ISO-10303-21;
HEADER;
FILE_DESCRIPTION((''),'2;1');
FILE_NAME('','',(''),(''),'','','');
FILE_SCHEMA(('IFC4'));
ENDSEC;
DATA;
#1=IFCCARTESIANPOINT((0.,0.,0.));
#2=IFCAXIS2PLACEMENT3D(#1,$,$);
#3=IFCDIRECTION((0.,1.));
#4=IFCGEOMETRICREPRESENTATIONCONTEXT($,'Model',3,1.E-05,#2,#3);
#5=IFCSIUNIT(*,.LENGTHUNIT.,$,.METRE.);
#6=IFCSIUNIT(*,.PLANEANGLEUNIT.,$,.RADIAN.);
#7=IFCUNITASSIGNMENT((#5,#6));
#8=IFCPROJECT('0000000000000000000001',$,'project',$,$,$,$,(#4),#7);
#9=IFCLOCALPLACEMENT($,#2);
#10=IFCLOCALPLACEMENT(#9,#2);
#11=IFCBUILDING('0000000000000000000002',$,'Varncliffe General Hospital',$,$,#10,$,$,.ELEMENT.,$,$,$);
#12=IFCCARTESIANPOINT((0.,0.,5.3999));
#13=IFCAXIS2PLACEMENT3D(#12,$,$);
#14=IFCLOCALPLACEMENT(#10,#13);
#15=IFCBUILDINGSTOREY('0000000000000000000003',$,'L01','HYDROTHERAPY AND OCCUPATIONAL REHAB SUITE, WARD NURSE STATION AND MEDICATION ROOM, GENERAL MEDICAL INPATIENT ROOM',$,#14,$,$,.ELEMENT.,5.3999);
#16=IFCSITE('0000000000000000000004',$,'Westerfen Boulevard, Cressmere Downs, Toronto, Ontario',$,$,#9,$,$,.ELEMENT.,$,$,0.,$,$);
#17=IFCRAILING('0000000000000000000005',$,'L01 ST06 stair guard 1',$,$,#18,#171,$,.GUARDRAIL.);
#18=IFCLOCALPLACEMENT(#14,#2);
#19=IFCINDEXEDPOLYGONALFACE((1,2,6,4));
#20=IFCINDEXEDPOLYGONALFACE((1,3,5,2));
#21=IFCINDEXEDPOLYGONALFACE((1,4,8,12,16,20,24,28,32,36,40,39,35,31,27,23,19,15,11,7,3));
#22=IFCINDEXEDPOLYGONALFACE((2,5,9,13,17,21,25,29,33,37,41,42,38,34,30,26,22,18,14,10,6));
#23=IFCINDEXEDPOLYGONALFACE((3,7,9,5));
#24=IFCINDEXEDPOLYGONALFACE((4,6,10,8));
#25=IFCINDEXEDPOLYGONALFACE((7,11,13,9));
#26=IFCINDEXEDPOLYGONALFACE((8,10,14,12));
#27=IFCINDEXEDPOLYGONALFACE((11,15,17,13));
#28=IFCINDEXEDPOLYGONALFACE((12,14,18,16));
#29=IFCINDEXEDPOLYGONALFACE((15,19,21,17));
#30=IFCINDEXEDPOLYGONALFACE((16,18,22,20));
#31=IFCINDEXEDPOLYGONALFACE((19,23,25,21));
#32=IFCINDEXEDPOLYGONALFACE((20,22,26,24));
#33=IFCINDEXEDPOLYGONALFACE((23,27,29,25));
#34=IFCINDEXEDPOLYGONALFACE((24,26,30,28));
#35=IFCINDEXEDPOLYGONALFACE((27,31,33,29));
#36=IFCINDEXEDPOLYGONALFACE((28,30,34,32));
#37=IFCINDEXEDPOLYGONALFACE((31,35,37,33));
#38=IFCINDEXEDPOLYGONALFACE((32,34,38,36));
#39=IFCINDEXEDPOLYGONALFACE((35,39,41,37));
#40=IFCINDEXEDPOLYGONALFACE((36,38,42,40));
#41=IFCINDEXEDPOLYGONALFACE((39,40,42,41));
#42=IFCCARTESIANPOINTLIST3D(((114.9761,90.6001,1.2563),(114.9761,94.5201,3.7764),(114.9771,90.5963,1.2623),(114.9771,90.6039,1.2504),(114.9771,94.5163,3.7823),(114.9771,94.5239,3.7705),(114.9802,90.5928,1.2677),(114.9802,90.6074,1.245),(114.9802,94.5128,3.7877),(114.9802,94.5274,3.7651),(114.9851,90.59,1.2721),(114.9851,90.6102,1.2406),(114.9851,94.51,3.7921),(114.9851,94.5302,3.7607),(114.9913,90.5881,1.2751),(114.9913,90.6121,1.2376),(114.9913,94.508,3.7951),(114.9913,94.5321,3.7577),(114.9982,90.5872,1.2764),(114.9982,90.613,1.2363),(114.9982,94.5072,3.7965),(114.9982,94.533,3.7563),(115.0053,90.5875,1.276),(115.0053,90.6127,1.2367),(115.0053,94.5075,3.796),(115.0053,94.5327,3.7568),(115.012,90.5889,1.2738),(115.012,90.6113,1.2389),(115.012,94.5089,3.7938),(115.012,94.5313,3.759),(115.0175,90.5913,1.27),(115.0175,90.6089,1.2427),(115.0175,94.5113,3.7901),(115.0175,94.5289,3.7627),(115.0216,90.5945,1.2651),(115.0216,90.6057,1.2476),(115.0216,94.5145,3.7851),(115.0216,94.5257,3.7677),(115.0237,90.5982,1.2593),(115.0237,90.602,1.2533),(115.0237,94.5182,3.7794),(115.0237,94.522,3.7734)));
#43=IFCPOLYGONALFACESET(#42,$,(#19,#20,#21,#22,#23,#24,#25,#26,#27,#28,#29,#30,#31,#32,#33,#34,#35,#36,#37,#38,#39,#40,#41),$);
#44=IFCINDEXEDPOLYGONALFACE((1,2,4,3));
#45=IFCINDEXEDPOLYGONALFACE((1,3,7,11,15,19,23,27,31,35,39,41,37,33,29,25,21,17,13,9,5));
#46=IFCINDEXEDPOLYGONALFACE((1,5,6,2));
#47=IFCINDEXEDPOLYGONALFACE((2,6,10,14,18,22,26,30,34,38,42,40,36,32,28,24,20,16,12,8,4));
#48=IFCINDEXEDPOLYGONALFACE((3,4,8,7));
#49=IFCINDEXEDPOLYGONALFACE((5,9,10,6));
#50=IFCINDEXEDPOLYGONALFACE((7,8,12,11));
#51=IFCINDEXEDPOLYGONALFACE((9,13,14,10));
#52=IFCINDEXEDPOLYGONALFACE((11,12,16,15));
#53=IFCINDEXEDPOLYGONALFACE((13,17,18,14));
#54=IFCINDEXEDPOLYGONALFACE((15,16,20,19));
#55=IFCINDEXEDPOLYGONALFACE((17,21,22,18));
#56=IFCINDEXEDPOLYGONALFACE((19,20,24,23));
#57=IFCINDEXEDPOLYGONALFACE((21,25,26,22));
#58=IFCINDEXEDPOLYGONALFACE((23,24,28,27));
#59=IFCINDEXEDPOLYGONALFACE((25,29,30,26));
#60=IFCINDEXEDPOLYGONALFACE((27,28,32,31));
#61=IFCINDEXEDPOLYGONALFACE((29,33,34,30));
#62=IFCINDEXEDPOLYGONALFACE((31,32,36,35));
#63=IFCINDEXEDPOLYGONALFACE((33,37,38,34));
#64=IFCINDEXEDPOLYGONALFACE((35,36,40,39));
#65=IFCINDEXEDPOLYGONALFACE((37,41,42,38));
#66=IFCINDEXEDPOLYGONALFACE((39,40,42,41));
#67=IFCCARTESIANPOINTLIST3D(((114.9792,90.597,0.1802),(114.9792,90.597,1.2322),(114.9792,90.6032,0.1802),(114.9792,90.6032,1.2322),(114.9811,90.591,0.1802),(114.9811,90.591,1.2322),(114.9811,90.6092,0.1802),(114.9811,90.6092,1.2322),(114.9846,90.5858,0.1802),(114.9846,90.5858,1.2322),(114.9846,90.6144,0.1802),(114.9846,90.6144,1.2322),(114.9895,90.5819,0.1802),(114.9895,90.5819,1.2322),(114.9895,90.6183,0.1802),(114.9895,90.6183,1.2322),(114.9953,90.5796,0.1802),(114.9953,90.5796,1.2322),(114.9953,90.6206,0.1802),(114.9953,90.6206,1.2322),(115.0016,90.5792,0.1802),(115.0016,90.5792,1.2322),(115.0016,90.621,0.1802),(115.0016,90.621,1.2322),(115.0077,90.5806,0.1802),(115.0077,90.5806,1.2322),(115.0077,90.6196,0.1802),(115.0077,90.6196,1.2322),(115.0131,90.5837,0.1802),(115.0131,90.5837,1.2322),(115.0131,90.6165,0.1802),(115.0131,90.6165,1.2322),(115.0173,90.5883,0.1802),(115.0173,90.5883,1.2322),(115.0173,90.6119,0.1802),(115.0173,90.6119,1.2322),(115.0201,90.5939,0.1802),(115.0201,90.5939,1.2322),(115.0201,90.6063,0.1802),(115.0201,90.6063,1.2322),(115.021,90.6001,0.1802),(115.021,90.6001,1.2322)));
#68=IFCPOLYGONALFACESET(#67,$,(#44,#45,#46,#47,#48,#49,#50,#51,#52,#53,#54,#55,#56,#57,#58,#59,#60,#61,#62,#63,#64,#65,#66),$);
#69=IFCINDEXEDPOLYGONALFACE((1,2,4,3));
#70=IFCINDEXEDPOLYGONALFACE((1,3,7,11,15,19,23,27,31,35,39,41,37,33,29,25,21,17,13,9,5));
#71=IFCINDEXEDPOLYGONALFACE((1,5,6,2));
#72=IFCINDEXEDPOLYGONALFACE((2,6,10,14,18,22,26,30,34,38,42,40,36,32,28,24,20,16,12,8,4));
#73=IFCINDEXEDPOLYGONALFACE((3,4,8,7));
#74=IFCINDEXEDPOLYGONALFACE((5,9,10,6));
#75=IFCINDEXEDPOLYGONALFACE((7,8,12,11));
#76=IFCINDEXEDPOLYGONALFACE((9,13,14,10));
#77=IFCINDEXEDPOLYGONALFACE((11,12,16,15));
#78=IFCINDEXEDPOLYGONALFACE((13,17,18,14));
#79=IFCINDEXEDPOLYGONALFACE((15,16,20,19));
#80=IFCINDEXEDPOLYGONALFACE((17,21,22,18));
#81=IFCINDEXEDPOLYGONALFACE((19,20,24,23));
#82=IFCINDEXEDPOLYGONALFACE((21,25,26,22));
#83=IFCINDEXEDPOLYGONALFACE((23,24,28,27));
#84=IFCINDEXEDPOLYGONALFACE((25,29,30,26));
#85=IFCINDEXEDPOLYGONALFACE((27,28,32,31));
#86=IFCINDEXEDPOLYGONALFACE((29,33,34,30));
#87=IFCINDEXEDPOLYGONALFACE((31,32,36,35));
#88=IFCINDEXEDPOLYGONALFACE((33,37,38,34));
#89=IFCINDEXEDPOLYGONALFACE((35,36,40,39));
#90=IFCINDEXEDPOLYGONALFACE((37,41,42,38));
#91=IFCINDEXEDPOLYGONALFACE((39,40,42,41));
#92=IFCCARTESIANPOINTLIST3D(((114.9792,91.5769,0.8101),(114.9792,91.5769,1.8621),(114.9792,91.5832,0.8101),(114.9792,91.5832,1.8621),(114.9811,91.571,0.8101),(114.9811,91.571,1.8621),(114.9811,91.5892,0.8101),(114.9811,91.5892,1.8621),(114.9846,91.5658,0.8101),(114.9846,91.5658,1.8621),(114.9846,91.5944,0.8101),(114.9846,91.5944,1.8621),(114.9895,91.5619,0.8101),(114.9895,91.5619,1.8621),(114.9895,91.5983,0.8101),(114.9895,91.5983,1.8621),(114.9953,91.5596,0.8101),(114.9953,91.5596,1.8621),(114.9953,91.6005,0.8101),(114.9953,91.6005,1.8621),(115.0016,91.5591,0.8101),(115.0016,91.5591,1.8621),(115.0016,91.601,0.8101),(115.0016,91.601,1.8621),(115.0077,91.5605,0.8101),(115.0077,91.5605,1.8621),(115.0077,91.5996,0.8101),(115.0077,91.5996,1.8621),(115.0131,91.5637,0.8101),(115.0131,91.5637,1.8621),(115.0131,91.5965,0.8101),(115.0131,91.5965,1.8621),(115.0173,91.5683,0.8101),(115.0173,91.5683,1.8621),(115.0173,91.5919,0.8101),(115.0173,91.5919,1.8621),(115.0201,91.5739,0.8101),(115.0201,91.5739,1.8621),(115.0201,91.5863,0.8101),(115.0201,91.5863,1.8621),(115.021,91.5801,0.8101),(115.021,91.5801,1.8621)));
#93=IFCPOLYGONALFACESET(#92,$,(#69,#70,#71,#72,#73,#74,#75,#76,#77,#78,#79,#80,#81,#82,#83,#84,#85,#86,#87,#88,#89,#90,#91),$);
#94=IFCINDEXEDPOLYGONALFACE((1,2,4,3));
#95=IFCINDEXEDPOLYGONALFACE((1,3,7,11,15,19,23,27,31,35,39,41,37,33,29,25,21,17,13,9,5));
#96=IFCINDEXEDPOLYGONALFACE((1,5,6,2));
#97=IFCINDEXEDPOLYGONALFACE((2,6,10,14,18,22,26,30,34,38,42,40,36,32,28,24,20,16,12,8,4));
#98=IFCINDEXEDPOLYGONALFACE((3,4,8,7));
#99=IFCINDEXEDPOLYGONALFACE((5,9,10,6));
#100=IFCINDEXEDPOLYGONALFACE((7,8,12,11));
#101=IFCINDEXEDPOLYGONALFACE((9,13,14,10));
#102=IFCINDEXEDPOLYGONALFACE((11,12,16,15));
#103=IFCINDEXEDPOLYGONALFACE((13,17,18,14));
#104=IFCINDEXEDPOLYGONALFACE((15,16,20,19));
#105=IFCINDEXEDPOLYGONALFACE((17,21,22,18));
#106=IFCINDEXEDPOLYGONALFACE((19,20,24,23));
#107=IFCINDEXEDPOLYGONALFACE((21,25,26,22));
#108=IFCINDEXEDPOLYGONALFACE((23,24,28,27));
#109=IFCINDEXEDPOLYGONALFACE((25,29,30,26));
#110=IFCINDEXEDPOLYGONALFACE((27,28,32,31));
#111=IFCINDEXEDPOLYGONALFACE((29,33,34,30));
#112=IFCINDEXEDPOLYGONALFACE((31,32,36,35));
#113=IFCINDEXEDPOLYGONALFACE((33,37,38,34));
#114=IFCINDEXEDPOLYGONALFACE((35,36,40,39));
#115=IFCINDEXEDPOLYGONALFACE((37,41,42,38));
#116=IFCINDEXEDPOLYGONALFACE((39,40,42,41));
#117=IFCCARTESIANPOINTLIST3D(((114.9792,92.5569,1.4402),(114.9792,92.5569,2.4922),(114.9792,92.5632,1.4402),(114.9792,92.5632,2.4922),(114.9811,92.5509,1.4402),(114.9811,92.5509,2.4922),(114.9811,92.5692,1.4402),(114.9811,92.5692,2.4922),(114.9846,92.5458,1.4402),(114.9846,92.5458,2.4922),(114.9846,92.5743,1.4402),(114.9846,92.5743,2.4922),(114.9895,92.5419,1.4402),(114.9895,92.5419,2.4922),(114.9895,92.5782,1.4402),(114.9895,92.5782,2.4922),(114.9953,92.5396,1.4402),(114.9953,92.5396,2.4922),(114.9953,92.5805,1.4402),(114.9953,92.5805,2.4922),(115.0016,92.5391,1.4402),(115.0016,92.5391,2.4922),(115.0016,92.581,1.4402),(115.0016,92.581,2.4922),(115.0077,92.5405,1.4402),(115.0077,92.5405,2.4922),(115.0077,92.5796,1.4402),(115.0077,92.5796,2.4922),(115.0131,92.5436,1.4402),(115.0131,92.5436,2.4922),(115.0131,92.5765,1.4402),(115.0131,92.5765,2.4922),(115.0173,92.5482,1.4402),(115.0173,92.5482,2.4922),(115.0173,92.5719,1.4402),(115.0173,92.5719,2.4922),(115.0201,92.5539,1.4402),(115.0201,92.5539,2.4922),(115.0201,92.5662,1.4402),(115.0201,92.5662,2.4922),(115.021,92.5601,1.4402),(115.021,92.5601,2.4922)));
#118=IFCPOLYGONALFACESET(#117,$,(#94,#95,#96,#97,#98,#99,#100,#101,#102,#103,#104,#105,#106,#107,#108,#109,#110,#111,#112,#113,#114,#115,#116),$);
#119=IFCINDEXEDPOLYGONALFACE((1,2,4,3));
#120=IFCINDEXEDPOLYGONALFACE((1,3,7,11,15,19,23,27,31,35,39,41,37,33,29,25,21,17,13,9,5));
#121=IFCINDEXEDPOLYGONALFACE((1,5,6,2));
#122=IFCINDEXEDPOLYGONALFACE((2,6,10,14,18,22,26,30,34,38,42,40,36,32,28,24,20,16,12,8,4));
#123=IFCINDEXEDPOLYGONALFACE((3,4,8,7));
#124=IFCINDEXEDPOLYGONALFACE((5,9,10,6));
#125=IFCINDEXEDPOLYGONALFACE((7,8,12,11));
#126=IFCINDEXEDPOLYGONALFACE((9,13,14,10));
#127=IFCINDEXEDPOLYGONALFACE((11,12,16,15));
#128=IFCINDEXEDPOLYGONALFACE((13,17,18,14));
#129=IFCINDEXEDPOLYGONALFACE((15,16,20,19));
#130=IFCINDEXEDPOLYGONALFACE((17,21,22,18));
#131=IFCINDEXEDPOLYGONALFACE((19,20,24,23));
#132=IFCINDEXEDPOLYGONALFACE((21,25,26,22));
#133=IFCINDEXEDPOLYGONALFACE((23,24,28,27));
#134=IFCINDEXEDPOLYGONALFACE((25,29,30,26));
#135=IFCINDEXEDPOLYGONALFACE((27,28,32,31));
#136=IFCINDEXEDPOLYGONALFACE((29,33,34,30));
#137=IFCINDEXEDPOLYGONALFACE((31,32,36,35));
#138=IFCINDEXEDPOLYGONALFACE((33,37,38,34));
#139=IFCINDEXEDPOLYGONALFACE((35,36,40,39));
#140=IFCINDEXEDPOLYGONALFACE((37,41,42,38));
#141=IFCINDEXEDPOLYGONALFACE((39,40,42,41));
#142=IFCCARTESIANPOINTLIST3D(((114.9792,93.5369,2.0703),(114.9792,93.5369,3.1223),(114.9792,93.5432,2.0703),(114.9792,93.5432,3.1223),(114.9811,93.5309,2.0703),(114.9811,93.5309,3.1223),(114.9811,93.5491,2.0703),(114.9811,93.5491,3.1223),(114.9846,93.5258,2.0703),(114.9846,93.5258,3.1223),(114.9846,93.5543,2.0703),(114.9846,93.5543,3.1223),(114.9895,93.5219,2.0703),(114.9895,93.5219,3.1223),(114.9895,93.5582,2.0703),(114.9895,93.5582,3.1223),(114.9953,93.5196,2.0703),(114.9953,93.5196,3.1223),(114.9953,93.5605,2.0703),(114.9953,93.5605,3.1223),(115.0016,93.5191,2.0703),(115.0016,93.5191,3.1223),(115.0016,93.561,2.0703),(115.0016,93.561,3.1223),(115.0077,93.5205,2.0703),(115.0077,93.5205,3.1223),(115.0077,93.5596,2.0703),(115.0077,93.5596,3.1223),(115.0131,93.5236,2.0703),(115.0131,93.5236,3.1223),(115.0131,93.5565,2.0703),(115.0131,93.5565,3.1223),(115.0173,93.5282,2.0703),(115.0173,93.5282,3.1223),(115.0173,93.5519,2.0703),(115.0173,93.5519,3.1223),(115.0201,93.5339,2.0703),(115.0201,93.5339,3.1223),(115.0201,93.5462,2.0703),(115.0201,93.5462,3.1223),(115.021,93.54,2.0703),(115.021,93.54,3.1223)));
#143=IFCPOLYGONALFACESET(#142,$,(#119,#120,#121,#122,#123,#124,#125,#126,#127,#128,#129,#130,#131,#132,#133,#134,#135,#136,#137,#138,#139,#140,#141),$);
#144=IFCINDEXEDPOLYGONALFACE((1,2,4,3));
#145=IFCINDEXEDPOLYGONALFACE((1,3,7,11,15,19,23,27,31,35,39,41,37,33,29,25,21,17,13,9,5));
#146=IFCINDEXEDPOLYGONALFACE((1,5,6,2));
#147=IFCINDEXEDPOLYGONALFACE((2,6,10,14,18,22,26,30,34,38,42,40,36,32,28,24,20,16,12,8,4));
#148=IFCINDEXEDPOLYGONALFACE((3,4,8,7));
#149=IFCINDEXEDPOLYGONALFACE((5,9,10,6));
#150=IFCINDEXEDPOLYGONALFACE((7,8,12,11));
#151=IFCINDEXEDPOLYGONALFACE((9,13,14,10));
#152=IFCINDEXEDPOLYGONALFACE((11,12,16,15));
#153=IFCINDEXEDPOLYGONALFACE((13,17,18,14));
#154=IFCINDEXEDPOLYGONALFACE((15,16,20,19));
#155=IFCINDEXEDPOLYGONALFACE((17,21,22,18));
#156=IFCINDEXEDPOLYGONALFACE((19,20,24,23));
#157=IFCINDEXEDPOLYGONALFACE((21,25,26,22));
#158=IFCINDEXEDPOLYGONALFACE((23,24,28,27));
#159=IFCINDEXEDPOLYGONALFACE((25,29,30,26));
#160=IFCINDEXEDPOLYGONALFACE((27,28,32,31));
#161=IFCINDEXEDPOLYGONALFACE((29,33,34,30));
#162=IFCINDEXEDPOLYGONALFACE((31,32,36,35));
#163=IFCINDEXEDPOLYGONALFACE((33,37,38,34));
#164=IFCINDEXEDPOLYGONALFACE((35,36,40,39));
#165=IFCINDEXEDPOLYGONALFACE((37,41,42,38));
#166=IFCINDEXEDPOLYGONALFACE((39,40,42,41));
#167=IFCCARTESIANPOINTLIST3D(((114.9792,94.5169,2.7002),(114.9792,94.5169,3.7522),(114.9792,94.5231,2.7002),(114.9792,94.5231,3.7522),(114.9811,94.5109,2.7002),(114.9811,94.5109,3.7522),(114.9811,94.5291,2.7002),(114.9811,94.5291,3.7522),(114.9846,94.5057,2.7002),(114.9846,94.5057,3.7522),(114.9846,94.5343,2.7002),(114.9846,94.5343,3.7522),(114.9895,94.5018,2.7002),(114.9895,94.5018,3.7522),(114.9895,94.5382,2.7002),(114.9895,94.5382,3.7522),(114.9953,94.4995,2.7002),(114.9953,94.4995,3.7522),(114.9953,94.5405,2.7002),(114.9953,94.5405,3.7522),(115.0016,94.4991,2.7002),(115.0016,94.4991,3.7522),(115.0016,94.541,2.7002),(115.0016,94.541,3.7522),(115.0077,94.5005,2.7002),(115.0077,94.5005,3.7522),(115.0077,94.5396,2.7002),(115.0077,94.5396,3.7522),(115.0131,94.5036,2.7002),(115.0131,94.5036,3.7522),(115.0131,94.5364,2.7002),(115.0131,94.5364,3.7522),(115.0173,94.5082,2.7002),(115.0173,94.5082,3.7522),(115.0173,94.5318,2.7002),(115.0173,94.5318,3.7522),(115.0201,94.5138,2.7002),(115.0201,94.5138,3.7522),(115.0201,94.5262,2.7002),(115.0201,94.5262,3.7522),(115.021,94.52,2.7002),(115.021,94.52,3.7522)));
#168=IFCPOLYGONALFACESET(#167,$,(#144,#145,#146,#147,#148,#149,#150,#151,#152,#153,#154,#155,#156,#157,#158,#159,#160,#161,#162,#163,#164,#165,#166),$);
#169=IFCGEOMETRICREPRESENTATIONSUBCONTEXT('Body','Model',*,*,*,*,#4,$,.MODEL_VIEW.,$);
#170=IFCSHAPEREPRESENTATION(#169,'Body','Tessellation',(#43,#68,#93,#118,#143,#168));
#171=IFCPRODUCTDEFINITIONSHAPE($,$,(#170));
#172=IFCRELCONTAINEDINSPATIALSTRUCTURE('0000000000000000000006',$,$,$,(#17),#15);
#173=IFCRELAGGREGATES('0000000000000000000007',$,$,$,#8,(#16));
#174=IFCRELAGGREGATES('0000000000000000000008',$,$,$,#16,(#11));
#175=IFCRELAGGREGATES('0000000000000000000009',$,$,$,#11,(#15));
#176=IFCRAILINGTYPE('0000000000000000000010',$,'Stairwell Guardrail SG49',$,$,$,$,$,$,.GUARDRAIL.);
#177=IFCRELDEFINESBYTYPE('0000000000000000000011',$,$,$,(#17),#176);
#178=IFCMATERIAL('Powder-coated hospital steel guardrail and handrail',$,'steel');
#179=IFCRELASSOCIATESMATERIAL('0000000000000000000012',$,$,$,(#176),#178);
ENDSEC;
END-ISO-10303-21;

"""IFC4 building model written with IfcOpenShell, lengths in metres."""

from ifc_helpers import new_model, si_unit, direction, frame, origin, origin_2d, place, context, subcontext, project, spatial, circle, extrude, material, type_object, element, save


model = new_model("IFC4")

# Units and contexts
model_context = context("Model", 3, precision=1e-05, world=origin(), true_north=direction((0.0, 1.0)))
body_context = subcontext(model_context, "Body", "Model", "MODEL_VIEW")
ifc_project = project(units=[si_unit("LENGTHUNIT", "METRE"), si_unit("PLANEANGLEUNIT", "RADIAN")], contexts=[model_context])

# Site, building, storey
site_placement = place(None, origin())
site = spatial("IfcSite", under=ifc_project, at=site_placement, Name="Westerfen Boulevard, Cressmere Downs, Toronto, Ontario", CompositionType="ELEMENT", RefElevation=0.0)
building_placement = place(site_placement, origin())
building = spatial("IfcBuilding", under=site, at=building_placement, Name="Varncliffe General Hospital", CompositionType="ELEMENT")
storey_placement = place(building_placement, frame((0.0, 0.0, 5.3999)))
storey = spatial("IfcBuildingStorey", under=building, at=storey_placement, Name="L01", Description="HYDROTHERAPY AND OCCUPATIONAL REHAB SUITE, WARD NURSE STATION AND MEDICATION ROOM, GENERAL MEDICAL INPATIENT ROOM", CompositionType="ELEMENT", Elevation=5.3999)

# Railing
ifc_material_1 = material(Name="Powder-coated hospital steel guardrail and handrail", Category="steel")
railing_type_1 = type_object("IfcRailingType", Name="Stairwell Guardrail SG49", PredefinedType="GUARDRAIL", material=ifc_material_1)
railing_1_placement = place(storey_placement, frame((115.0, 90.6001, 0.1802)))
element("IfcRailing", 1, at=railing_1_placement, inside=storey, type_object=railing_type_1, Name="L01 ST06 stair guard 1", PredefinedType="GUARDRAIL", context=body_context, shape_type="SweptSolid", body=[
    extrude(circle(Radius=0.0239, at=origin_2d()), frame((0.0, 0.0, 1.0762), z_axis=(0.0, 0.841172, 0.540768), x_axis=(-1.0, 0.0, 0.0)), (0.0, 0.0, 1.0), 4.6602),
    extrude(circle(Radius=0.021, at=origin_2d()), origin(), (0.0, 0.0, 1.0), 1.052),
    extrude(circle(Radius=0.021, at=origin_2d()), frame((0.0, 0.98, 0.6299)), (0.0, 0.0, 1.0), 1.052),
    extrude(circle(Radius=0.021, at=origin_2d()), frame((0.0, 1.96, 1.26)), (0.0, 0.0, 1.0), 1.052),
    extrude(circle(Radius=0.021, at=origin_2d()), frame((0.0, 2.9399, 1.8901)), (0.0, 0.0, 1.0), 1.052),
    extrude(circle(Radius=0.021, at=origin_2d()), frame((0.0, 3.9199, 2.52)), (0.0, 0.0, 1.0), 1.052),
])

save(model, "model.ifc")
